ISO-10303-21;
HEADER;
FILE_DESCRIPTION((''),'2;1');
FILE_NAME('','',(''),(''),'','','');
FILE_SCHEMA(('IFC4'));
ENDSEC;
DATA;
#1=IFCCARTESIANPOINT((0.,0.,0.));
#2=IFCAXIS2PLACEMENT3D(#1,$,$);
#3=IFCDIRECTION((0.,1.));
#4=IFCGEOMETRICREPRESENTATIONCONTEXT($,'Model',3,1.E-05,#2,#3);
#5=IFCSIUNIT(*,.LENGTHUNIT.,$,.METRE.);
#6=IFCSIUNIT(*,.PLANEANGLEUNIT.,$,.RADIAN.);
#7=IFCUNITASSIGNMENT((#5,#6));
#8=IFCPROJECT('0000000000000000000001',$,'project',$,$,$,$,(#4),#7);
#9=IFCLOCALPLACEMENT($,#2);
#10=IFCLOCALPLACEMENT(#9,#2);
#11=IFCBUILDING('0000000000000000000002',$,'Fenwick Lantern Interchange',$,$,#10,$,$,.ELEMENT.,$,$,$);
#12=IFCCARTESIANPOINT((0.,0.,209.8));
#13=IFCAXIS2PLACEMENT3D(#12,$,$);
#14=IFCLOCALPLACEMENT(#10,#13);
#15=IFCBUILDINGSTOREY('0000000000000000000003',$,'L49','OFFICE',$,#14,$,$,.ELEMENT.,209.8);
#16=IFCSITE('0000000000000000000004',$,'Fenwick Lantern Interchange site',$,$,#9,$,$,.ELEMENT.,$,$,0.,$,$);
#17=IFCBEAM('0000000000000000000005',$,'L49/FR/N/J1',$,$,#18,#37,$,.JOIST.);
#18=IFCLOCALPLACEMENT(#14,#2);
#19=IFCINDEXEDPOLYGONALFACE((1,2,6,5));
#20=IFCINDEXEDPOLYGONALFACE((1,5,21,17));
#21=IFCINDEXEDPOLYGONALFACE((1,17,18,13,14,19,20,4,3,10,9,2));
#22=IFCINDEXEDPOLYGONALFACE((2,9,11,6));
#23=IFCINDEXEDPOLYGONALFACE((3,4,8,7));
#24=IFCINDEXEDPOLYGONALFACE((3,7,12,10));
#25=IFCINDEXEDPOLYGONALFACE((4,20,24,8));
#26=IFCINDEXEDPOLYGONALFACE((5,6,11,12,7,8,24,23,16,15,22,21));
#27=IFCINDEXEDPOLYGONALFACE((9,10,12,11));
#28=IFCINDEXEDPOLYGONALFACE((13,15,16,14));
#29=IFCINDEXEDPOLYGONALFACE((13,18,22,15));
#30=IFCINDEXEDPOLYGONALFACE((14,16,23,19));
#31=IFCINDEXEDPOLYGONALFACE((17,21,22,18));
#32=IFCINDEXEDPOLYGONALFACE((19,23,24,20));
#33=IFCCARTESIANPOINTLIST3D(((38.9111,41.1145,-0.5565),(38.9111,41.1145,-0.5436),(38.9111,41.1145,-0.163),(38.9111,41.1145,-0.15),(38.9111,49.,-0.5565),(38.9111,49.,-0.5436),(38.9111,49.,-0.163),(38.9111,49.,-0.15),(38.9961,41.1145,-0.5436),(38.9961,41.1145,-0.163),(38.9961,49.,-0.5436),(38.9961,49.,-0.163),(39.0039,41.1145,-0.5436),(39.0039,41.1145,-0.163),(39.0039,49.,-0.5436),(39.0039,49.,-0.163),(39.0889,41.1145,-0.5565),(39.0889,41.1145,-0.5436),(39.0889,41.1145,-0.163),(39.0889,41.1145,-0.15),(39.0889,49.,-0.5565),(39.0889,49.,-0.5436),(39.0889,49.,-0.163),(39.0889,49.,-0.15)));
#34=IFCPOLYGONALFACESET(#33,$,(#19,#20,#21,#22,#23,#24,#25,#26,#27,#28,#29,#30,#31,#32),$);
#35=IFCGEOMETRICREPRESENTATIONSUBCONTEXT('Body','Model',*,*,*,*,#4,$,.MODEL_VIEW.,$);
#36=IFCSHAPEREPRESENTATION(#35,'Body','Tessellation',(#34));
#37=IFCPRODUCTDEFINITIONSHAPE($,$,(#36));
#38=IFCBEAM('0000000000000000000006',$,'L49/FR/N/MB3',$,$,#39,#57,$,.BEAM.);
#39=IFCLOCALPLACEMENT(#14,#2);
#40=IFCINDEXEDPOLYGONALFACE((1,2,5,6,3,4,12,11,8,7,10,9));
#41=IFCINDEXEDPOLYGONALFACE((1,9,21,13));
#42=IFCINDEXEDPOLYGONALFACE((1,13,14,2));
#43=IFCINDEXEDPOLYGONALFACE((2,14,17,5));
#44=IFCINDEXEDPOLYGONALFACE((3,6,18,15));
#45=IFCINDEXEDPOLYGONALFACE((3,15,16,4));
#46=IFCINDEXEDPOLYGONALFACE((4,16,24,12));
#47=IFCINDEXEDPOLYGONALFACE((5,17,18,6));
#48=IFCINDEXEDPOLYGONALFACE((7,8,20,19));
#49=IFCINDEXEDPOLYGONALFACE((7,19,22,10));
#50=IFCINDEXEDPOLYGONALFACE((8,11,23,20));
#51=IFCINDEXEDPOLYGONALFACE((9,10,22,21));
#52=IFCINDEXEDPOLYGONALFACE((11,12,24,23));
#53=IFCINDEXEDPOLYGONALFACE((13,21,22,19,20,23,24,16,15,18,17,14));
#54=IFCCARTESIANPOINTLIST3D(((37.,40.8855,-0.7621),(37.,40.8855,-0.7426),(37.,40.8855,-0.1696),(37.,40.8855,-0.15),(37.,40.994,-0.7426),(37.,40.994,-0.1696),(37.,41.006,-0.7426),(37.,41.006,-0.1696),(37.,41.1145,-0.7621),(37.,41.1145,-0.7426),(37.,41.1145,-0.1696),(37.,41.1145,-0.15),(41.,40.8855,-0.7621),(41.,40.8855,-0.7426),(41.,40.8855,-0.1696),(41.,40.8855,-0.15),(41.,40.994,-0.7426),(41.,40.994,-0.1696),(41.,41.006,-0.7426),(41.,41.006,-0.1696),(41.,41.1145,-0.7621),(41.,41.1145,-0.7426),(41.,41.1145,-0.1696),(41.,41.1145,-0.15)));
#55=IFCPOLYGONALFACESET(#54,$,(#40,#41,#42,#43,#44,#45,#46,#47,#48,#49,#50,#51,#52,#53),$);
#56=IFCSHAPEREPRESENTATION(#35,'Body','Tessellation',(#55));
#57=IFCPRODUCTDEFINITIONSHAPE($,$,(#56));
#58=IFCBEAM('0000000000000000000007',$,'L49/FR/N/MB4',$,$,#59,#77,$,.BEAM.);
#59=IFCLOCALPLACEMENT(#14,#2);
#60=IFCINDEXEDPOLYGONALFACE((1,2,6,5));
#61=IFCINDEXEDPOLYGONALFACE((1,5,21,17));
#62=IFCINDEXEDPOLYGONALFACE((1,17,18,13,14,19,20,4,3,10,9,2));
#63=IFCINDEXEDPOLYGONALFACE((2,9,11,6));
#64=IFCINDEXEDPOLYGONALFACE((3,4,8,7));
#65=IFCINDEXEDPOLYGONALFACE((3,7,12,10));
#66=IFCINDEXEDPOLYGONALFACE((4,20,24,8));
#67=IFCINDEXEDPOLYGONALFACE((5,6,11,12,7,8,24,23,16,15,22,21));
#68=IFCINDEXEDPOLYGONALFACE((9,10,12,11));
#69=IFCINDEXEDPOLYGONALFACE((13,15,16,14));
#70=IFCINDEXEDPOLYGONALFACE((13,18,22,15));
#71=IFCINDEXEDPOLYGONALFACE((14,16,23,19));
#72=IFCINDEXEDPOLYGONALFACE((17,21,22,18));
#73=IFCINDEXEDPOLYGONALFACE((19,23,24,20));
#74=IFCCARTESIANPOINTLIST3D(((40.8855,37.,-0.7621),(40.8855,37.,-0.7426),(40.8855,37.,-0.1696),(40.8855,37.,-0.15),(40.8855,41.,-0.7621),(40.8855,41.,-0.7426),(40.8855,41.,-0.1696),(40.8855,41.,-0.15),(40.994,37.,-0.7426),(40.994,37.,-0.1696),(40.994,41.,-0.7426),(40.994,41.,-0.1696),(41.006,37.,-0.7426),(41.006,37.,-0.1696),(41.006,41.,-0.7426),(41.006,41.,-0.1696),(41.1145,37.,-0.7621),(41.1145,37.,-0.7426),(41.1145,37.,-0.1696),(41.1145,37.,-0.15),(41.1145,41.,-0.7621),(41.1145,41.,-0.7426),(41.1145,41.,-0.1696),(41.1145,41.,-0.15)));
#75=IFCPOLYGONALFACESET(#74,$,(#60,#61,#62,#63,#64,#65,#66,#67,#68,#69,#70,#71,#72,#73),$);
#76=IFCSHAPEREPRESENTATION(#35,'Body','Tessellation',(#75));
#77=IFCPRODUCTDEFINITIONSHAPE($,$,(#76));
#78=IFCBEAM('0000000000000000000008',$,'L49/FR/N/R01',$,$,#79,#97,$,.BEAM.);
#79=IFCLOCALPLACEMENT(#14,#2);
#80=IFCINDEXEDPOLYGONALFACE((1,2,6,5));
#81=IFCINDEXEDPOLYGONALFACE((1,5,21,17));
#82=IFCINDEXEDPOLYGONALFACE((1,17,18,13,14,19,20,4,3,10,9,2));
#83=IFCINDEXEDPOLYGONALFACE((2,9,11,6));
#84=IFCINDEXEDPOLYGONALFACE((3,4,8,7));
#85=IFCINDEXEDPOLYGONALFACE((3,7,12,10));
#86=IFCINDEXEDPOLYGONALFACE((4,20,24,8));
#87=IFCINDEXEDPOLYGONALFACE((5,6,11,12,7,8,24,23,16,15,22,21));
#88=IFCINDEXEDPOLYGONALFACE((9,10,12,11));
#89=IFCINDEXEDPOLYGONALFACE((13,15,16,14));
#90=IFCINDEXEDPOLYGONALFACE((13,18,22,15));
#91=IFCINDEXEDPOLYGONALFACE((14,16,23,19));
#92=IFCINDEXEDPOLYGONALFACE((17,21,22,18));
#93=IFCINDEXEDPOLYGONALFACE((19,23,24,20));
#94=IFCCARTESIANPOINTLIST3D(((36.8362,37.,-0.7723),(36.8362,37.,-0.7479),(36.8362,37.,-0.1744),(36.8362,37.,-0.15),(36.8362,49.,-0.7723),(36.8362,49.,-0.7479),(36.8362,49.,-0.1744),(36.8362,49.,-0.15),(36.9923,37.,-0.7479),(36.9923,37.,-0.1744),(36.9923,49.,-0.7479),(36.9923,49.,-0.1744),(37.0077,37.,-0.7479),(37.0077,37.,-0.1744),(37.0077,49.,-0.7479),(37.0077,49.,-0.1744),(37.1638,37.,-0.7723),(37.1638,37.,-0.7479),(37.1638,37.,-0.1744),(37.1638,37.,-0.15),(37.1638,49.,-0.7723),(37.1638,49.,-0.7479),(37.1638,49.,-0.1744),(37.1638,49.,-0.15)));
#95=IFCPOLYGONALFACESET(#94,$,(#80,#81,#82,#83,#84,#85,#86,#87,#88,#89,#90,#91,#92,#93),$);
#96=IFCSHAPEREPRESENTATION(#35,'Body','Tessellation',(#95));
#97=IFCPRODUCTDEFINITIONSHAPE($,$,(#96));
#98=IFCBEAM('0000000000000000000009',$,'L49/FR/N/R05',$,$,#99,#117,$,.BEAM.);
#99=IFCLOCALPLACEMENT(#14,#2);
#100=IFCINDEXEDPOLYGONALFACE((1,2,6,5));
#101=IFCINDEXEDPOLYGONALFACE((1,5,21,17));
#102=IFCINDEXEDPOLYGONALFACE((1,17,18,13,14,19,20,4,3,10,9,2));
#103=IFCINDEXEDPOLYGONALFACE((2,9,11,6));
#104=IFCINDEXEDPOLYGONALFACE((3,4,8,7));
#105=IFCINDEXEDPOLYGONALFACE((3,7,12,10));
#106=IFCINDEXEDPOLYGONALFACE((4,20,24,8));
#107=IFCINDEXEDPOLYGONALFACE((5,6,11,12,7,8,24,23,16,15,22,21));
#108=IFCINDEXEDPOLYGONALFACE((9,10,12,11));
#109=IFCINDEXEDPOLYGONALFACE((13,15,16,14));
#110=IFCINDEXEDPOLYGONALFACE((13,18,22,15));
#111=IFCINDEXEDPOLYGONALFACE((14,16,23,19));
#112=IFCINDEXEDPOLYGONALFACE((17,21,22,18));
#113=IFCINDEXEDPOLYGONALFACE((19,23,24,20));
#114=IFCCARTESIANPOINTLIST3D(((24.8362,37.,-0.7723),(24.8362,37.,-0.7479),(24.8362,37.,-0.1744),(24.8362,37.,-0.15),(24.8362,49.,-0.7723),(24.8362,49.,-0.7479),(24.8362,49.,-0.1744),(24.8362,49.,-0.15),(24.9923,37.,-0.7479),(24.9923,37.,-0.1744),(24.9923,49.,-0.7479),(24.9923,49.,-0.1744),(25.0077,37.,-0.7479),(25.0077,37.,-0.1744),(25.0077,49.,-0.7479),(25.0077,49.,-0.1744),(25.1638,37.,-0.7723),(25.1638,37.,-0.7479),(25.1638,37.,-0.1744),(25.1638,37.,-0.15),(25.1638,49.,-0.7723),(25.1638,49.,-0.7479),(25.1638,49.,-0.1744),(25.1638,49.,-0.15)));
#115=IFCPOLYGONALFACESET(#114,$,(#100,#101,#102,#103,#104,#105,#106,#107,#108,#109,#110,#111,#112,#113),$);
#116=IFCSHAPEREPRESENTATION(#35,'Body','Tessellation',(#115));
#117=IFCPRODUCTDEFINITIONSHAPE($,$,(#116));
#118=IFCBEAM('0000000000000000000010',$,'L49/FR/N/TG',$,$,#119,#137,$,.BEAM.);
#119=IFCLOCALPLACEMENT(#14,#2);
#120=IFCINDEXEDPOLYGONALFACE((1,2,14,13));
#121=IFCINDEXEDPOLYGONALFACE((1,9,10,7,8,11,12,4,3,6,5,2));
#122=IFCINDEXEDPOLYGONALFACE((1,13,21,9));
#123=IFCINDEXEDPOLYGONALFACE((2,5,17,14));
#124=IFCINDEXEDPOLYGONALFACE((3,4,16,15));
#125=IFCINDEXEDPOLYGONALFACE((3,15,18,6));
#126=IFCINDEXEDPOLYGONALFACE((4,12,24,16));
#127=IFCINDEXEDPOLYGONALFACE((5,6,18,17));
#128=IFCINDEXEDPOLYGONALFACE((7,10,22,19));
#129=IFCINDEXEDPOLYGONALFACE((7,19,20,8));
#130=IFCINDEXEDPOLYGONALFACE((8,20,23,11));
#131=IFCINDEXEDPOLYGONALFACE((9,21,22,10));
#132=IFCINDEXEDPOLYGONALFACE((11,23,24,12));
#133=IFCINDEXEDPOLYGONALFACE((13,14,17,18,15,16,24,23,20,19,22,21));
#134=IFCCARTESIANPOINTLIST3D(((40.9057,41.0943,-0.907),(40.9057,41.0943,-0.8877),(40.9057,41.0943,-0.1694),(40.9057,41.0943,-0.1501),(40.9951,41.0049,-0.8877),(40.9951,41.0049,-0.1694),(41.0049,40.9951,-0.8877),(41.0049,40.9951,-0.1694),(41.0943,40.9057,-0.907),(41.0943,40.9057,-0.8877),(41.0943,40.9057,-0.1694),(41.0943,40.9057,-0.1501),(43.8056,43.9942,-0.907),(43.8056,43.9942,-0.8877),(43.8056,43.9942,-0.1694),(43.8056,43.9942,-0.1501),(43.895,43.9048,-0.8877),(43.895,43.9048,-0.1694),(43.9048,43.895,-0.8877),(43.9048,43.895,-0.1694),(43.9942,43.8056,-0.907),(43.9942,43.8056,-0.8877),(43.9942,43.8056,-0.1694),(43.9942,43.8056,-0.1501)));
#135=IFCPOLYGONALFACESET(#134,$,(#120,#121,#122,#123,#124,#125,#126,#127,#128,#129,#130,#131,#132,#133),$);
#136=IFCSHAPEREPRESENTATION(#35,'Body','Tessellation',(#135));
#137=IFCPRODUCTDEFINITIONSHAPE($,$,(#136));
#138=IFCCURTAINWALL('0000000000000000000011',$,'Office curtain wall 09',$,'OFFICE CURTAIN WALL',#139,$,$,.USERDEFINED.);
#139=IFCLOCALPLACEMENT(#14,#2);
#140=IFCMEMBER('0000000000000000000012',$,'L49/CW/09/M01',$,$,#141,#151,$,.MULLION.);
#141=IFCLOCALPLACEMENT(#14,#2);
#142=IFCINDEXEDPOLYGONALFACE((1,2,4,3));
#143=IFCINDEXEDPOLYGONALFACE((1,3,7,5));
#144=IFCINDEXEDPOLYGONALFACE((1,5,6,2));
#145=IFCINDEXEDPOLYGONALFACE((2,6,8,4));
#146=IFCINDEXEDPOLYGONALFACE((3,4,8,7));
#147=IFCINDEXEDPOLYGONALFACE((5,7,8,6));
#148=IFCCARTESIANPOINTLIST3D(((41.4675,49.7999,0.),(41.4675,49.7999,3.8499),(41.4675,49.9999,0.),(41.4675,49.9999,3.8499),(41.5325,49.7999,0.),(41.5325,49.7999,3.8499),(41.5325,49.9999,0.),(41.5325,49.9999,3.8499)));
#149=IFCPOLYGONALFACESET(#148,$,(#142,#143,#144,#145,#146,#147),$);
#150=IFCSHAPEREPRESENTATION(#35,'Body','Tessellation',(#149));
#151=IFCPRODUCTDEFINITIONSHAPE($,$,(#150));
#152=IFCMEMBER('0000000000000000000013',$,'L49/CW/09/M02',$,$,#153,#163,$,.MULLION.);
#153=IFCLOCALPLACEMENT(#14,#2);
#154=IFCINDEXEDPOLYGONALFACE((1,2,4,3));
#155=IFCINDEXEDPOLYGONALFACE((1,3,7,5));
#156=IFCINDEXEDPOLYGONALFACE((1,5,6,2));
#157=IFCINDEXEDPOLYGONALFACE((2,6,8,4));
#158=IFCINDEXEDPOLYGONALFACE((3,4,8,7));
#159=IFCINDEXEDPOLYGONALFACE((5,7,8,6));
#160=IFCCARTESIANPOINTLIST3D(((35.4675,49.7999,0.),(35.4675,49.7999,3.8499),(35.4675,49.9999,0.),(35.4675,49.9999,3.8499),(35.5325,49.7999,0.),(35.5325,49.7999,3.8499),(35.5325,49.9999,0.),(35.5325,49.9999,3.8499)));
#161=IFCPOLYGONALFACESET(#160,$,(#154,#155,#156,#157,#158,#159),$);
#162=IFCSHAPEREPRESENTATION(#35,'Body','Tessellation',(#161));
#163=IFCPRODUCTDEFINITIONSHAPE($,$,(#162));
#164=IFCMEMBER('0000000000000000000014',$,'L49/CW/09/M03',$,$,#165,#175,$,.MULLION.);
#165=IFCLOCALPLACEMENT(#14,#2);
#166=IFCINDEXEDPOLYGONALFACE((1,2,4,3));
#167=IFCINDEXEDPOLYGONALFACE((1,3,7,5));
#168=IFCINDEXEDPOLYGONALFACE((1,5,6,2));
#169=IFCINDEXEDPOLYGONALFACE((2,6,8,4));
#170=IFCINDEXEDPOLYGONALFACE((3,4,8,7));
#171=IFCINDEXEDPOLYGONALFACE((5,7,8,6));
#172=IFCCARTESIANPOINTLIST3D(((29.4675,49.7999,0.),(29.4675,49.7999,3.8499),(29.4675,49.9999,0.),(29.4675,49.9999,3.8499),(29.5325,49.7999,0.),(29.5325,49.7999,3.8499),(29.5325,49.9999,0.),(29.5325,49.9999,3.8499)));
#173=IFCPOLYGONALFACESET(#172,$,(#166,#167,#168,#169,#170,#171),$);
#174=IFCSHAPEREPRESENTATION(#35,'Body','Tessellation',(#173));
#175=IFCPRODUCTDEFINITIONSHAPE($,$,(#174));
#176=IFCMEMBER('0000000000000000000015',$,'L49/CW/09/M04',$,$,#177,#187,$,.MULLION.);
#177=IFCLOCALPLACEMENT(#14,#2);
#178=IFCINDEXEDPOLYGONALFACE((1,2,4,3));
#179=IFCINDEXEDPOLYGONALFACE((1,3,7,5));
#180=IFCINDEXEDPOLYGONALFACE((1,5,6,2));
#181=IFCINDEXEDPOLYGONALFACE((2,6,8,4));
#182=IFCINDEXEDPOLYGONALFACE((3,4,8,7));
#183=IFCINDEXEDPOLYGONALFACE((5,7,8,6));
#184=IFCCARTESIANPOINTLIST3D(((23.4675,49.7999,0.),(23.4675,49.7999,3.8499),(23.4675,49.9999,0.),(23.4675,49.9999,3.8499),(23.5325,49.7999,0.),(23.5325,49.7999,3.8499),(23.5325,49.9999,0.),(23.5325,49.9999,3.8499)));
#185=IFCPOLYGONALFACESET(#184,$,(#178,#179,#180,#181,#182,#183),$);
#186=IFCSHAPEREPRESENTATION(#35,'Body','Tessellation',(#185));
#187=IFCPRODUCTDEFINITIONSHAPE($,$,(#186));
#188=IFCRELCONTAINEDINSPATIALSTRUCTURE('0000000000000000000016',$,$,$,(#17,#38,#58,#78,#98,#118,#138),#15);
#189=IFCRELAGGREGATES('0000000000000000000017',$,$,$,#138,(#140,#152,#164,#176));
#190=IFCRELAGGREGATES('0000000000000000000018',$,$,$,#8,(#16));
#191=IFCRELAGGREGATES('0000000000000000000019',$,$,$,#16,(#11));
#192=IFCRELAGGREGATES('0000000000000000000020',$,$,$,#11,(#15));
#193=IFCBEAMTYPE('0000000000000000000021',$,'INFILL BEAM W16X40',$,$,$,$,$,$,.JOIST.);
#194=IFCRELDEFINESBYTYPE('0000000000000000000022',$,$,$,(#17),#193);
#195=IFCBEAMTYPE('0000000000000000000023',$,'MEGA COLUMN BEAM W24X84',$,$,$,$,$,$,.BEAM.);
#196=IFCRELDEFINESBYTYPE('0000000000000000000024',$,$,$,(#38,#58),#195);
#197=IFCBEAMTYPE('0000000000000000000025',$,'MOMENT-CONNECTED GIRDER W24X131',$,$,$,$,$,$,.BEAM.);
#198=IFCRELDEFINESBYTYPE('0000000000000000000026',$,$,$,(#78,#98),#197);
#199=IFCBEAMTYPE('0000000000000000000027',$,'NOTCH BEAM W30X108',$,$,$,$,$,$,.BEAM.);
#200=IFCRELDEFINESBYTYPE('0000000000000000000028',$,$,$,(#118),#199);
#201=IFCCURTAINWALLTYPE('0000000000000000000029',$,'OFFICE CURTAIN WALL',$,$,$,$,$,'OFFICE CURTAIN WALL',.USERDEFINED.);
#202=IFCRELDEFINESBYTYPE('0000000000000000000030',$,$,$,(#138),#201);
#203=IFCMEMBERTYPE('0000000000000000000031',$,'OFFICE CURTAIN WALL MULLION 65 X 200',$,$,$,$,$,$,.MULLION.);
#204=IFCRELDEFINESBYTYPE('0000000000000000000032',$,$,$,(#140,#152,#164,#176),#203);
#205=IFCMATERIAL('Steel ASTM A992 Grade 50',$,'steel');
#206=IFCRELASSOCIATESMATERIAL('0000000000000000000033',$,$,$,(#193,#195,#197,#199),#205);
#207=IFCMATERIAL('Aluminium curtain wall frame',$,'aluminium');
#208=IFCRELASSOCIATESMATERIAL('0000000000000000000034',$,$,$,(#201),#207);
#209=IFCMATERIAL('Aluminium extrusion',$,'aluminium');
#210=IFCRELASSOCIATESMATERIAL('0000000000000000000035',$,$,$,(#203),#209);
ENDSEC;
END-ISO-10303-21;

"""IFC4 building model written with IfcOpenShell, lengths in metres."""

from ifc_helpers import new_model, si_unit, direction, frame, origin, origin_2d, place, context, subcontext, project, spatial, rectangle, i_section, extrude, material, material_profile, profile_set, type_object, element, aggregate, save


model = new_model("IFC4")

# Units and contexts
model_context = context("Model", 3, precision=1e-05, world=origin(), true_north=direction((0.0, 1.0)))
body_context = subcontext(model_context, "Body", "Model", "MODEL_VIEW")
ifc_project = project(units=[si_unit("LENGTHUNIT", "METRE"), si_unit("PLANEANGLEUNIT", "RADIAN")], contexts=[model_context])

# Site, building, storey
site_placement = place(None, origin())
site = spatial("IfcSite", under=ifc_project, at=site_placement, Name="Fenwick Lantern Interchange site", CompositionType="ELEMENT", RefElevation=0.0)
building_placement = place(site_placement, origin())
building = spatial("IfcBuilding", under=site, at=building_placement, Name="Fenwick Lantern Interchange", CompositionType="ELEMENT")
storey_placement = place(building_placement, frame((0.0, 0.0, 209.8)))
storey = spatial("IfcBuildingStorey", under=building, at=storey_placement, Name="L49", Description="OFFICE", CompositionType="ELEMENT", Elevation=209.8)

# Shared definitions
ifc_material_1 = material(Name="Steel ASTM A992 Grade 50", Category="steel")

# Beams
ifc_material_profile_1 = material_profile(ifc_material_1, i_section(OverallWidth=0.1777, OverallDepth=0.4065, WebThickness=0.0078, FlangeThickness=0.0129, at=origin_2d()), Name="W16X40")
ifc_profile_set_1 = profile_set([ifc_material_profile_1], Name="Steel ASTM A992 Grade 50")
beam_type_1 = type_object("IfcBeamType", Name="INFILL BEAM W16X40", PredefinedType="JOIST", material=ifc_profile_set_1)
beam_1_placement = place(storey_placement, frame((39.0, 49.0, -0.3533), z_axis=(0.0, -1.0, 0.0), x_axis=(1.0, 0.0, 0.0)))
element("IfcBeam", 1, at=beam_1_placement, inside=storey, type_object=beam_type_1, Name="L49/FR/N/J1", PredefinedType="JOIST", context=body_context, shape_type="SweptSolid", body=[
    extrude(i_section(OverallWidth=0.1777, OverallDepth=0.4065, WebThickness=0.0078, FlangeThickness=0.0129, at=origin_2d()), origin(), (0.0, 0.0, 1.0), 7.8855),
])
ifc_material_profile_2 = material_profile(ifc_material_1, i_section(OverallWidth=0.229, OverallDepth=0.6121, WebThickness=0.012, FlangeThickness=0.0195, at=origin_2d()), Name="W24X84")
ifc_profile_set_2 = profile_set([ifc_material_profile_2], Name="Steel ASTM A992 Grade 50")
beam_type_2 = type_object("IfcBeamType", Name="MEGA COLUMN BEAM W24X84", PredefinedType="BEAM", material=ifc_profile_set_2)
for number, where, z_axis, x_axis, name in (
    (2, (41.0, 41.0, -0.4561), (-1.0, 0.0, 0.0), (0.0, -1.0, 0.0), "L49/FR/N/MB3"),
    (3, (41.0, 41.0, -0.4561), (0.0, -1.0, 0.0), (1.0, 0.0, 0.0), "L49/FR/N/MB4"),
):
    element("IfcBeam", number, at=place(storey_placement, frame(where, z_axis=z_axis, x_axis=x_axis)), inside=storey, type_object=beam_type_2, Name=name, PredefinedType="BEAM", context=body_context, shape_type="SweptSolid", body=[
        extrude(i_section(OverallWidth=0.229, OverallDepth=0.6121, WebThickness=0.012, FlangeThickness=0.0195, at=origin_2d()), origin(), (0.0, 0.0, 1.0), 4.0),
    ])
ifc_material_profile_3 = material_profile(ifc_material_1, i_section(OverallWidth=0.3276, OverallDepth=0.6223, WebThickness=0.0154, FlangeThickness=0.0244, at=origin_2d()), Name="W24X131")
ifc_profile_set_3 = profile_set([ifc_material_profile_3], Name="Steel ASTM A992 Grade 50")
beam_type_3 = type_object("IfcBeamType", Name="MOMENT-CONNECTED GIRDER W24X131", PredefinedType="BEAM", material=ifc_profile_set_3)
for number, where, z_axis, x_axis, name in (
    (4, (37.0, 49.0, -0.4612), (0.0, -1.0, 0.0), (1.0, 0.0, 0.0), "L49/FR/N/R01"),
    (5, (25.0, 49.0, -0.4612), (0.0, -1.0, 0.0), (1.0, 0.0, 0.0), "L49/FR/N/R05"),
):
    element("IfcBeam", number, at=place(storey_placement, frame(where, z_axis=z_axis, x_axis=x_axis)), inside=storey, type_object=beam_type_3, Name=name, PredefinedType="BEAM", context=body_context, shape_type="SweptSolid", body=[
        extrude(i_section(OverallWidth=0.3276, OverallDepth=0.6223, WebThickness=0.0154, FlangeThickness=0.0244, at=origin_2d()), origin(), (0.0, 0.0, 1.0), 12.0),
    ])
ifc_material_profile_4 = material_profile(ifc_material_1, i_section(OverallWidth=0.2666, OverallDepth=0.7568, WebThickness=0.0139, FlangeThickness=0.0193, at=origin_2d()), Name="W30X108")
ifc_profile_set_4 = profile_set([ifc_material_profile_4], Name="Steel ASTM A992 Grade 50")
beam_type_4 = type_object("IfcBeamType", Name="NOTCH BEAM W30X108", PredefinedType="BEAM", material=ifc_profile_set_4)
beam_2_placement = place(storey_placement, frame((41.0, 41.0, -0.5286), z_axis=(0.707107, 0.707107, 0.0), x_axis=(-0.707107, 0.707107, 0.0)))
element("IfcBeam", 6, at=beam_2_placement, inside=storey, type_object=beam_type_4, Name="L49/FR/N/TG", PredefinedType="BEAM", context=body_context, shape_type="SweptSolid", body=[
    extrude(i_section(OverallWidth=0.2666, OverallDepth=0.7568, WebThickness=0.0139, FlangeThickness=0.0193, at=origin_2d()), origin(), (0.0, 0.0, 1.0), 4.1011),
])

# Curtain wall, members
ifc_material_2 = material(Name="Aluminium curtain wall frame", Category="aluminium")
curtain_wall_type = type_object("IfcCurtainWallType", Name="OFFICE CURTAIN WALL", ElementType="OFFICE CURTAIN WALL", PredefinedType="USERDEFINED", material=ifc_material_2)
curtain_wall_placement = place(storey_placement, origin())
curtain_wall = element("IfcCurtainWall", 7, at=curtain_wall_placement, inside=storey, type_object=curtain_wall_type, Name="Office curtain wall 09", ObjectType="OFFICE CURTAIN WALL", PredefinedType="USERDEFINED")
ifc_material_3 = material(Name="Aluminium extrusion", Category="aluminium")
ifc_material_profile_5 = material_profile(ifc_material_3, rectangle(XDim=0.2, YDim=0.0649, at=origin_2d()), Name="OFFICE CURTAIN WALL MULLION 65 X 200")
ifc_profile_set_5 = profile_set([ifc_material_profile_5], Name="Aluminium extrusion")
member_type_1 = type_object("IfcMemberType", Name="OFFICE CURTAIN WALL MULLION 65 X 200", PredefinedType="MULLION", material=ifc_profile_set_5)
member_1_placement = place(storey_placement, frame((41.5, 49.8999, 0.0), z_axis=(0.0, 0.0, 1.0), x_axis=(0.0, -1.0, 0.0)))
member_1 = element("IfcMember", 8, at=member_1_placement, type_object=member_type_1, Name="L49/CW/09/M01", PredefinedType="MULLION", context=body_context, shape_type="SweptSolid", body=[
    extrude(rectangle(XDim=0.2, YDim=0.0649, at=origin_2d()), origin(), (0.0, 0.0, 1.0), 3.8499),
])
member_2_placement = place(storey_placement, frame((35.5, 49.8999, 0.0), z_axis=(0.0, 0.0, 1.0), x_axis=(0.0, -1.0, 0.0)))
member_2 = element("IfcMember", 9, at=member_2_placement, type_object=member_type_1, Name="L49/CW/09/M02", PredefinedType="MULLION", context=body_context, shape_type="SweptSolid", body=[
    extrude(rectangle(XDim=0.2, YDim=0.0649, at=origin_2d()), origin(), (0.0, 0.0, 1.0), 3.8499),
])
member_3_placement = place(storey_placement, frame((29.5, 49.8999, 0.0), z_axis=(0.0, 0.0, 1.0), x_axis=(0.0, -1.0, 0.0)))
member_3 = element("IfcMember", 10, at=member_3_placement, type_object=member_type_1, Name="L49/CW/09/M03", PredefinedType="MULLION", context=body_context, shape_type="SweptSolid", body=[
    extrude(rectangle(XDim=0.2, YDim=0.0649, at=origin_2d()), origin(), (0.0, 0.0, 1.0), 3.8499),
])
member_4_placement = place(storey_placement, frame((23.5, 49.8999, 0.0), z_axis=(0.0, 0.0, 1.0), x_axis=(0.0, -1.0, 0.0)))
member_4 = element("IfcMember", 11, at=member_4_placement, type_object=member_type_1, Name="L49/CW/09/M04", PredefinedType="MULLION", context=body_context, shape_type="SweptSolid", body=[
    extrude(rectangle(XDim=0.2, YDim=0.0649, at=origin_2d()), origin(), (0.0, 0.0, 1.0), 3.8499),
])
aggregate(curtain_wall, [member_1, member_2, member_3, member_4])

save(model, "model.ifc")
